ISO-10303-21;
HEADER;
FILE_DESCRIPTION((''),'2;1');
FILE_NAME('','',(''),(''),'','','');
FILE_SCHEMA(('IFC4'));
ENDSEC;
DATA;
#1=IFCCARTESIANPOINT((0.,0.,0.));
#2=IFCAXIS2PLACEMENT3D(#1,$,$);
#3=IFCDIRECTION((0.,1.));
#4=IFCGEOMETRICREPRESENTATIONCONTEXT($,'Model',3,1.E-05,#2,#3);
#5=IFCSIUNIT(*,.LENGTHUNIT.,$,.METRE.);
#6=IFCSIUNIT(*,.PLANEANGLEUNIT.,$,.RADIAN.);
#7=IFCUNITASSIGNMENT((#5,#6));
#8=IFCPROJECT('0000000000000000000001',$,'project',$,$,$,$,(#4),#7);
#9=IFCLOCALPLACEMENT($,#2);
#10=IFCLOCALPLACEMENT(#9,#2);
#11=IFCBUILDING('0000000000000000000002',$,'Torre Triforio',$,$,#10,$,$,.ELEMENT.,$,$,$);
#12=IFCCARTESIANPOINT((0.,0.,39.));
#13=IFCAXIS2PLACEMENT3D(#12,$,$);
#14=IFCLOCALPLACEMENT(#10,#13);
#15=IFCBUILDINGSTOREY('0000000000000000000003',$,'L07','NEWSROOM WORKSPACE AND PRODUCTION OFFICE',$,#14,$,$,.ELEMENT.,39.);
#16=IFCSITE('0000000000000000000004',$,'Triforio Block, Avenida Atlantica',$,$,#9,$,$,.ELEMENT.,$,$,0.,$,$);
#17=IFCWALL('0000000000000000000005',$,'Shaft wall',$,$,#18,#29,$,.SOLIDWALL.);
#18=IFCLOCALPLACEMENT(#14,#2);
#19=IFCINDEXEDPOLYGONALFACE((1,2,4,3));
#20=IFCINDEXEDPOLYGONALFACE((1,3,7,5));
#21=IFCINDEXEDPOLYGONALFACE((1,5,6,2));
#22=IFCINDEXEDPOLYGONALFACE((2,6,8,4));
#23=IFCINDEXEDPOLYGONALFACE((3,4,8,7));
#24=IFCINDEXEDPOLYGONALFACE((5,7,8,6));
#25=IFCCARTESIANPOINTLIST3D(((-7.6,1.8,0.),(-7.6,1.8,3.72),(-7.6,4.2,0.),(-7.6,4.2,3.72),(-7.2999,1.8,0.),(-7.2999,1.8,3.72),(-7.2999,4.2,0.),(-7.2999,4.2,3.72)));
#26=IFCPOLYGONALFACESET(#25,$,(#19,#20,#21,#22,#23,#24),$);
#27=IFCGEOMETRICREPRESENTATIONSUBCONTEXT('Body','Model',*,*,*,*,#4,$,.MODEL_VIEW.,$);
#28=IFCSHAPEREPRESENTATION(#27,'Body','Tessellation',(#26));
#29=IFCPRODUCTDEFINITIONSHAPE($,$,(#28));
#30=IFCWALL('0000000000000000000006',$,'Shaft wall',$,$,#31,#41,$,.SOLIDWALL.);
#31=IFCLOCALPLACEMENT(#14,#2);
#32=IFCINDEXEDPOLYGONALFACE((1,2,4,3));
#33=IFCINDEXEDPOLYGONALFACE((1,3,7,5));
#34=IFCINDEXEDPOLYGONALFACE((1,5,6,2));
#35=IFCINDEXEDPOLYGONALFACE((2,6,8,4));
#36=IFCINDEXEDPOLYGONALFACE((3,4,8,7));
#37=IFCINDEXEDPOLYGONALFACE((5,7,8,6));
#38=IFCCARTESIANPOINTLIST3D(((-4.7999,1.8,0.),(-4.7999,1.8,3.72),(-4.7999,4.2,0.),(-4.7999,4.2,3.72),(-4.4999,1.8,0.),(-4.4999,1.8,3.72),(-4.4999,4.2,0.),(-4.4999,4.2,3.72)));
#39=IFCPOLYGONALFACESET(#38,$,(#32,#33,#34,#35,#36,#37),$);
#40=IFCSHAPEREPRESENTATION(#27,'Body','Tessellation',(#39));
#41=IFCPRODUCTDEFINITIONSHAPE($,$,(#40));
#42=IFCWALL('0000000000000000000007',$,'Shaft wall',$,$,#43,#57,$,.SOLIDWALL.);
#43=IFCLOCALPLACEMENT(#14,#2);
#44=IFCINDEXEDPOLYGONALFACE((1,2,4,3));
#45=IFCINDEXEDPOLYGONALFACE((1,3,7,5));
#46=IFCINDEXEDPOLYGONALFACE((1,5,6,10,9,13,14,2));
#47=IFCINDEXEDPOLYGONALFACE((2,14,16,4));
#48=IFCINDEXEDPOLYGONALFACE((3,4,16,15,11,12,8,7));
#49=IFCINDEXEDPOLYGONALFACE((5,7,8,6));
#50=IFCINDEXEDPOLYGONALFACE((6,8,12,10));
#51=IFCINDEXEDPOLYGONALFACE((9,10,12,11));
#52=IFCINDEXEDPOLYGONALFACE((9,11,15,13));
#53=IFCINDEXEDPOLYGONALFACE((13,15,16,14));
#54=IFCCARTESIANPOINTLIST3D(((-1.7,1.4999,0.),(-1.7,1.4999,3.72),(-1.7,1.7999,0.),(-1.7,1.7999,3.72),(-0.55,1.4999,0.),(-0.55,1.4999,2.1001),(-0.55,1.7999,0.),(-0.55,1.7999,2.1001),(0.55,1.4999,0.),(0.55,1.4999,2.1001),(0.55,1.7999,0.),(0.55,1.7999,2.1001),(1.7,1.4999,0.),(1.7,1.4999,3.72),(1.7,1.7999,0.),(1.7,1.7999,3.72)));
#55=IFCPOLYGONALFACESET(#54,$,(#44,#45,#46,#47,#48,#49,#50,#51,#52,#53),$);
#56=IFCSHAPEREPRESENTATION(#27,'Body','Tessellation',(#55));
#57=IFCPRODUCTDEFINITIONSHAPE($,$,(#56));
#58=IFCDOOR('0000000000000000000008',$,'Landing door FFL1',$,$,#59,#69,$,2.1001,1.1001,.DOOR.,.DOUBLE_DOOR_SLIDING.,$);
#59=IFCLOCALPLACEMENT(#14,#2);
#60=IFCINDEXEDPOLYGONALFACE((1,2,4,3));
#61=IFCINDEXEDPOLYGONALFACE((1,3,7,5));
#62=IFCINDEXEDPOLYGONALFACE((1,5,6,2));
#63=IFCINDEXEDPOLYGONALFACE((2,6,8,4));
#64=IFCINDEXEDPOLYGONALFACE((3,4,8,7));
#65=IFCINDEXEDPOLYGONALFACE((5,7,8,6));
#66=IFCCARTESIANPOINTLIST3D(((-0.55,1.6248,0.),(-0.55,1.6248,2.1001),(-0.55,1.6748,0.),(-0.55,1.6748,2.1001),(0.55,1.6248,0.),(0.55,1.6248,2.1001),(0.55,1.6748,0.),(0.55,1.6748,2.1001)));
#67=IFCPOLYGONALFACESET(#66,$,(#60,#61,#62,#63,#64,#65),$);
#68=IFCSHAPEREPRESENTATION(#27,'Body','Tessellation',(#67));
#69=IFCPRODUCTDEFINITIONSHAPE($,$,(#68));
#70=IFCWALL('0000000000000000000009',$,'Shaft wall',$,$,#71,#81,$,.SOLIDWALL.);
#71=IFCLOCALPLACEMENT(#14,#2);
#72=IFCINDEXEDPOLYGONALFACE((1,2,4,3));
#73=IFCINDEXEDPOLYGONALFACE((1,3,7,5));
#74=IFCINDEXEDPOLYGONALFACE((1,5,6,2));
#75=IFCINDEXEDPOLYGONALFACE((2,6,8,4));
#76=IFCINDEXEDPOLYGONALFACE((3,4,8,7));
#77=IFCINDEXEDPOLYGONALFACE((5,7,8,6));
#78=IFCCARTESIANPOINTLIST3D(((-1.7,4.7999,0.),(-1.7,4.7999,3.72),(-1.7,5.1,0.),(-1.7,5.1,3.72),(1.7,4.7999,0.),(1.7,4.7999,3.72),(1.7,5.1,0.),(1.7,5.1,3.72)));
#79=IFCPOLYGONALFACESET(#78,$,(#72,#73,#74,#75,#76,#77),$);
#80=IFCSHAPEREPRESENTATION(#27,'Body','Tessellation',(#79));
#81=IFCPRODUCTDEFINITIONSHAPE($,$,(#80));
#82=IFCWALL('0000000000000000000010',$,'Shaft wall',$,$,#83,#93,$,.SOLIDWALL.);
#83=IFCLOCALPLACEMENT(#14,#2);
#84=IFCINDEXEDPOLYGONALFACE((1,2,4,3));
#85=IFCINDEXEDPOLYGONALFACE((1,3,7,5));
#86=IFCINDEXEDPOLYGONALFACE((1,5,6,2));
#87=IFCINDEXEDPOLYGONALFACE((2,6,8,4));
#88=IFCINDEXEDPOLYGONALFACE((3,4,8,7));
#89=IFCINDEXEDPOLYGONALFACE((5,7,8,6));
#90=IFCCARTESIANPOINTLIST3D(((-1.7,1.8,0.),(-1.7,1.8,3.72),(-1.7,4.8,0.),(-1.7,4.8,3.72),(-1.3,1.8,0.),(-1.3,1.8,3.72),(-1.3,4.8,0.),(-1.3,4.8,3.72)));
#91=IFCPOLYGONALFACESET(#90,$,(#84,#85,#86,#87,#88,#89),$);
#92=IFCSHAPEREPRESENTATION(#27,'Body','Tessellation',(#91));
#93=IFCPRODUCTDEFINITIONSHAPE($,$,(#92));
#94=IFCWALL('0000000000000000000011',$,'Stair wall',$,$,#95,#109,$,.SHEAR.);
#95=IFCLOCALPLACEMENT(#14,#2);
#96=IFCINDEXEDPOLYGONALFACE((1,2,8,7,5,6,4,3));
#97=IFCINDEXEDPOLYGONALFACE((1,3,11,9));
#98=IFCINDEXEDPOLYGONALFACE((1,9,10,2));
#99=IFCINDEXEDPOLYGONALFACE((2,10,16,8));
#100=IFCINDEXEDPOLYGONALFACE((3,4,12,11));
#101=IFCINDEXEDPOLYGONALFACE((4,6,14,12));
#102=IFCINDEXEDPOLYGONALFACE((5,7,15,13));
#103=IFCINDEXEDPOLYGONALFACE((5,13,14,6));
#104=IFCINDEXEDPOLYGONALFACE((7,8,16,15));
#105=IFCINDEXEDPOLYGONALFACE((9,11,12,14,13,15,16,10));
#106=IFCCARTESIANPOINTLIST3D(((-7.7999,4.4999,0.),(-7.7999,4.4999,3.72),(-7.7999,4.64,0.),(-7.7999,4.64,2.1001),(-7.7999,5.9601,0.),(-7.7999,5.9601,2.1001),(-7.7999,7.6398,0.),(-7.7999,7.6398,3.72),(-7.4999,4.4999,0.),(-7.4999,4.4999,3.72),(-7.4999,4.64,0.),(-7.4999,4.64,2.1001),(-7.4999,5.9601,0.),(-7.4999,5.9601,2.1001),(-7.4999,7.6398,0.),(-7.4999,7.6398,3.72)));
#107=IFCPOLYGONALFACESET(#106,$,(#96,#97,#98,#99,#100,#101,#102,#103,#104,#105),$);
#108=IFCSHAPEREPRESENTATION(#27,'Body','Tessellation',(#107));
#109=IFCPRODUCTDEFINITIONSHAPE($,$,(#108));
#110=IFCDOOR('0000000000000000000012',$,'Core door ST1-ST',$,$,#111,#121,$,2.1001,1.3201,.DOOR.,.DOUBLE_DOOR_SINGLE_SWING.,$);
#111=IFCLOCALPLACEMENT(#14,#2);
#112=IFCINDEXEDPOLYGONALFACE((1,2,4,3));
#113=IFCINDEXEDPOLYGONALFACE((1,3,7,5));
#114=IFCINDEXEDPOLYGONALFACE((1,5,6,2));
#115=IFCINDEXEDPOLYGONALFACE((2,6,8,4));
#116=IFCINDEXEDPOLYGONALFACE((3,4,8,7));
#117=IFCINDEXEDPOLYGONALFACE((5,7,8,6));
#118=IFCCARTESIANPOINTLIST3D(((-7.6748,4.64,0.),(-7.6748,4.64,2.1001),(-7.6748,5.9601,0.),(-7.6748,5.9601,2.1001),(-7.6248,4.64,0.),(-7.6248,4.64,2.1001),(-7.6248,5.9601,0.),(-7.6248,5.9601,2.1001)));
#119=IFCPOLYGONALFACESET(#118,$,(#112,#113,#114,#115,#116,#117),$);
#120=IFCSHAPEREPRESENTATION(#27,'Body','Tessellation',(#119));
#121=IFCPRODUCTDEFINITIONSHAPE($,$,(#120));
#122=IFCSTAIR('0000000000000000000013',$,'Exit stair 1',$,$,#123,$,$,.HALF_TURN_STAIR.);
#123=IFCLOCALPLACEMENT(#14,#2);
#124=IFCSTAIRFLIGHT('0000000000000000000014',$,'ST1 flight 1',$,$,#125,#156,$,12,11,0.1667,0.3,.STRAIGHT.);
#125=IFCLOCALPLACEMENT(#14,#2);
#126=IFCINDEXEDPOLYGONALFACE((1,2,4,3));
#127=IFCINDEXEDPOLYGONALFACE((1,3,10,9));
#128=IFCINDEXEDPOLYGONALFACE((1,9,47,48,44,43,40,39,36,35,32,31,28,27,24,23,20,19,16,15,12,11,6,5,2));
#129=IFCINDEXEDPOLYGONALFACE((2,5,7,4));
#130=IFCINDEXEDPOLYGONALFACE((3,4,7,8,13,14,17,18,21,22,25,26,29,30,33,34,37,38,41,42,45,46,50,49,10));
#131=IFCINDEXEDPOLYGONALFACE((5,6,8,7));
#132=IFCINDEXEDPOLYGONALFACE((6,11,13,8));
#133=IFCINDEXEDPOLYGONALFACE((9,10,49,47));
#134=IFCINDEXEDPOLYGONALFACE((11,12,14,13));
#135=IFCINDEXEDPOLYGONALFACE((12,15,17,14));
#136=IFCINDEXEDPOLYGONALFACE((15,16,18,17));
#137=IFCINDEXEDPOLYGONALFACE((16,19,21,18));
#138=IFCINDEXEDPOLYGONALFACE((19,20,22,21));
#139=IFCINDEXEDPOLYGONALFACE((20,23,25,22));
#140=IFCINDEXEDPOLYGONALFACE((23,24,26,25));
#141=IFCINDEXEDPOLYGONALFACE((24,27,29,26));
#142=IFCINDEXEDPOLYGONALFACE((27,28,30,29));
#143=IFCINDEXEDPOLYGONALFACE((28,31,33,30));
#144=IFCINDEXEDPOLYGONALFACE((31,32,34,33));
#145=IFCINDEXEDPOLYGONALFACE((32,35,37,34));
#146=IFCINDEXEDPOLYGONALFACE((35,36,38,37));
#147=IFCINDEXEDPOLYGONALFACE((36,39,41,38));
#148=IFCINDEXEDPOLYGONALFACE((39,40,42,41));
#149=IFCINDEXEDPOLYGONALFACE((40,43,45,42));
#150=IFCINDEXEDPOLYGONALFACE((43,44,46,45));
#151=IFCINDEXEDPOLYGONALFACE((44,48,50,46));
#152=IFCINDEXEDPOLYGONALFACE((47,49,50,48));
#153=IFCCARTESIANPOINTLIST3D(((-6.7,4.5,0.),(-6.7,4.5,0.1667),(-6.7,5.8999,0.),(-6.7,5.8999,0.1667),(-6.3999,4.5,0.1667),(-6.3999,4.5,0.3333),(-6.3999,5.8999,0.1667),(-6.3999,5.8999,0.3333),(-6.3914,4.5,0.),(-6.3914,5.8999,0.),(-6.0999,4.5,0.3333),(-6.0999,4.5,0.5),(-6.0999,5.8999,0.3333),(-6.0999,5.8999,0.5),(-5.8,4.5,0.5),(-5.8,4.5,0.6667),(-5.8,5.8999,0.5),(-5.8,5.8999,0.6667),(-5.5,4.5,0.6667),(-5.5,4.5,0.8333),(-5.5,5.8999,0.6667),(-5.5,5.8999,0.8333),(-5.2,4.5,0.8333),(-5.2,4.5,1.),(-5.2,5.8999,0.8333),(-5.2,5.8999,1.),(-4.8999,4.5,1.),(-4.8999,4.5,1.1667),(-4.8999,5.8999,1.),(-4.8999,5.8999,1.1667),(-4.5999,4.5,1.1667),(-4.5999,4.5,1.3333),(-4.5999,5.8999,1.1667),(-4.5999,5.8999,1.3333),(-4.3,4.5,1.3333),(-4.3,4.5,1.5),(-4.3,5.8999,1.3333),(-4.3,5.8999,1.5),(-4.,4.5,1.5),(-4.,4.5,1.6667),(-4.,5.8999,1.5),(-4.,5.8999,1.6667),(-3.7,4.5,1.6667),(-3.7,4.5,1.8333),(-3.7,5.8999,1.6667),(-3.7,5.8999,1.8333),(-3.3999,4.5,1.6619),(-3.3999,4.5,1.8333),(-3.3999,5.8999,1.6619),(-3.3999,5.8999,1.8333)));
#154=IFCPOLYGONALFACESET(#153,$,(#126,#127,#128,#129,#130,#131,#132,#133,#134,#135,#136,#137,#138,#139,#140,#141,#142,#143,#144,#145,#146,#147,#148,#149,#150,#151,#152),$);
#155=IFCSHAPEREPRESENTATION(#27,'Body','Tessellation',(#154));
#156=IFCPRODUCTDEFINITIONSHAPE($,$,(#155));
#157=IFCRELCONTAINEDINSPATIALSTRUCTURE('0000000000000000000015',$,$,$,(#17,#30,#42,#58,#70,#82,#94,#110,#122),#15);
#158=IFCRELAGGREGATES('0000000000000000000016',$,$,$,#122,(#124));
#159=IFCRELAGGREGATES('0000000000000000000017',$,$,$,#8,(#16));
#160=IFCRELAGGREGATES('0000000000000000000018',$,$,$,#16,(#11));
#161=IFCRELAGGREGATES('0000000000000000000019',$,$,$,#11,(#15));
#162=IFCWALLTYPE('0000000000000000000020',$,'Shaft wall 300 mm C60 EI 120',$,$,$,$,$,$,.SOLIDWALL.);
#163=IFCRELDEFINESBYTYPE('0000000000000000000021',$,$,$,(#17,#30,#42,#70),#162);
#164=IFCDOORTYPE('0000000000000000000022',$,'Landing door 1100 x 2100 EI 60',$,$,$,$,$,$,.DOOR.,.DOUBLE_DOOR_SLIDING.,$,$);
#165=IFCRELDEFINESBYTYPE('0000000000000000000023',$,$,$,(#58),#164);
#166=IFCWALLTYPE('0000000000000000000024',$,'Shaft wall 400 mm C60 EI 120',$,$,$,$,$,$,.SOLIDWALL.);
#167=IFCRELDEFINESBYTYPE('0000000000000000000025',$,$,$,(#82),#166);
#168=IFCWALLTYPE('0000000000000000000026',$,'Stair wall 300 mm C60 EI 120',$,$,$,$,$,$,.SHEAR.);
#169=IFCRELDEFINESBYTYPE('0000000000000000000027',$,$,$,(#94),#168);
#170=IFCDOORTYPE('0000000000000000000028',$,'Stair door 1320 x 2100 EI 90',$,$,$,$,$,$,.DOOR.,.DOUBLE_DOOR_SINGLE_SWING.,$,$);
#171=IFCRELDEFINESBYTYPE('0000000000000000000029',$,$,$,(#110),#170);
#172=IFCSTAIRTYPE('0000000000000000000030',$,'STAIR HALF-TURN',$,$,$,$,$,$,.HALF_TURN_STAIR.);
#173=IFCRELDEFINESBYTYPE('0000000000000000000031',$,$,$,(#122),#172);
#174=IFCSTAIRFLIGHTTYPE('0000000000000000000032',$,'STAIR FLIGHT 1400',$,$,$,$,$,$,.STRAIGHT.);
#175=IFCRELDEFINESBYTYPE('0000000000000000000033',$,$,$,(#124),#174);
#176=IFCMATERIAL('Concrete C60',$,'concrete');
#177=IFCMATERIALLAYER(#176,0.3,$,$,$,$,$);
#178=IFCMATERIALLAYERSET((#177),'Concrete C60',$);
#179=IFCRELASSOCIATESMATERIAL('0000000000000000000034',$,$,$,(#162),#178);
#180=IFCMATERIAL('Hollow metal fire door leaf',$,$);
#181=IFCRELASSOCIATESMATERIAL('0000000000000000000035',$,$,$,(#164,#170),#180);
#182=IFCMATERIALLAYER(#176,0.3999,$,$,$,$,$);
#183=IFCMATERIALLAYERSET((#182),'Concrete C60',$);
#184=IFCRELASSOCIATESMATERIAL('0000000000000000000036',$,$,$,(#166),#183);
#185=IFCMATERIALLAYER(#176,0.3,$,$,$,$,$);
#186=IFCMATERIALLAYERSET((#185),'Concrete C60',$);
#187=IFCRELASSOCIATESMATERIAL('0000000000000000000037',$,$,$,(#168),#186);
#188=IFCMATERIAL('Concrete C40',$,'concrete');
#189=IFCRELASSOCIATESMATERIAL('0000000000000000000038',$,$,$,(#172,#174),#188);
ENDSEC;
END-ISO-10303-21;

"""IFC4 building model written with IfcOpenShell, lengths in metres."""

from ifc_helpers import new_model, si_unit, direction, frame, frame_2d, origin, place, context, subcontext, project, spatial, polyline, rectangle, outline, extrude, material, layer, layer_set, type_object, element, fill, aggregate, save


model = new_model("IFC4")

# Units and contexts
model_context = context("Model", 3, precision=1e-05, world=origin(), true_north=direction((0.0, 1.0)))
body_context = subcontext(model_context, "Body", "Model", "MODEL_VIEW")
ifc_project = project(units=[si_unit("LENGTHUNIT", "METRE"), si_unit("PLANEANGLEUNIT", "RADIAN")], contexts=[model_context])

# Site, building, storey
site_placement = place(None, origin())
site = spatial("IfcSite", under=ifc_project, at=site_placement, Name="Triforio Block, Avenida Atlantica", CompositionType="ELEMENT", RefElevation=0.0)
building_placement = place(site_placement, origin())
building = spatial("IfcBuilding", under=site, at=building_placement, Name="Torre Triforio", CompositionType="ELEMENT")
storey_placement = place(building_placement, frame((0.0, 0.0, 39.0)))
storey = spatial("IfcBuildingStorey", under=building, at=storey_placement, Name="L07", Description="NEWSROOM WORKSPACE AND PRODUCTION OFFICE", CompositionType="ELEMENT", Elevation=39.0)

# Walls
ifc_material_1 = material(Name="Concrete C60", Category="concrete")
ifc_layer_1 = layer(ifc_material_1, 0.3)
ifc_layer_set_1 = layer_set([ifc_layer_1], Name="Concrete C60")
wall_type_1 = type_object("IfcWallType", Name="Shaft wall 300 mm C60 EI 120", PredefinedType="SOLIDWALL", material=ifc_layer_set_1)
for number, where, z_axis, x_axis, name in (
    (1, (-7.45, 1.8, 0.0), (0.0, 0.0, 1.0), (0.0, 1.0, 0.0), "Shaft wall"),
    (2, (-4.6499, 1.8, 0.0), (0.0, 0.0, 1.0), (0.0, 1.0, 0.0), "Shaft wall"),
):
    element("IfcWall", number, at=place(storey_placement, frame(where, z_axis=z_axis, x_axis=x_axis)), inside=storey, type_object=wall_type_1, Name=name, PredefinedType="SOLIDWALL", context=body_context, shape_type="SweptSolid", body=[
        extrude(rectangle(XDim=2.3999, YDim=0.3, at=frame_2d((1.2, 0.0))), origin(), (0.0, 0.0, 1.0), 3.72),
    ])

# Wall, opening, door
wall_1_placement = place(storey_placement, frame((-1.7, 1.6499, 0.0), z_axis=(0.0, 0.0, 1.0), x_axis=(1.0, 0.0, 0.0)))
wall_1 = element("IfcWall", 3, at=wall_1_placement, inside=storey, type_object=wall_type_1, Name="Shaft wall", PredefinedType="SOLIDWALL", context=body_context, shape_type="SweptSolid", body=[
    extrude(rectangle(XDim=3.3999, YDim=0.3, at=frame_2d((1.7, 0.0))), origin(), (0.0, 0.0, 1.0), 3.72),
])
opening_1_placement = place(wall_1_placement, frame((1.1499, 0.0, 0.0)))
opening_1 = element("IfcOpeningElement", 4, at=opening_1_placement, cuts=wall_1, PredefinedType="OPENING", context=body_context, shape_type="SweptSolid", body=[
    extrude(rectangle(XDim=1.1001, YDim=2.1001, at=frame_2d((0.55, 1.05))), frame((0.0, 0.1599, 0.0), z_axis=(0.0, -1.0, 0.0), x_axis=(1.0, 0.0, 0.0)), (0.0, 0.0, 1.0), 0.3201),
])
ifc_material_2 = material(Name="Hollow metal fire door leaf")
door_type_1 = type_object("IfcDoorType", Name="Landing door 1100 x 2100 EI 60", OperationType="DOUBLE_DOOR_SLIDING", PredefinedType="DOOR", material=ifc_material_2)
door_1_placement = place(opening_1_placement, origin())
door_1 = element("IfcDoor", 5, at=door_1_placement, inside=storey, type_object=door_type_1, Name="Landing door FFL1", OperationType="DOUBLE_DOOR_SLIDING", OverallHeight=2.1001, OverallWidth=1.1001, PredefinedType="DOOR", context=body_context, shape_type="SweptSolid", body=[
    extrude(rectangle(XDim=1.1001, YDim=2.1001, at=frame_2d((0.55, 1.05))), frame((0.0, 0.0249, 0.0), z_axis=(0.0, -1.0, 0.0), x_axis=(1.0, 0.0, 0.0)), (0.0, 0.0, 1.0), 0.05),
])
fill(opening_1, door_1)

# Walls
wall_2_placement = place(storey_placement, frame((-1.7, 4.95, 0.0), z_axis=(0.0, 0.0, 1.0), x_axis=(1.0, 0.0, 0.0)))
element("IfcWall", 6, at=wall_2_placement, inside=storey, type_object=wall_type_1, Name="Shaft wall", PredefinedType="SOLIDWALL", context=body_context, shape_type="SweptSolid", body=[
    extrude(rectangle(XDim=3.3999, YDim=0.3, at=frame_2d((1.7, 0.0))), origin(), (0.0, 0.0, 1.0), 3.72),
])
ifc_layer_2 = layer(ifc_material_1, 0.3999)
ifc_layer_set_2 = layer_set([ifc_layer_2], Name="Concrete C60")
wall_type_2 = type_object("IfcWallType", Name="Shaft wall 400 mm C60 EI 120", PredefinedType="SOLIDWALL", material=ifc_layer_set_2)
wall_3_placement = place(storey_placement, frame((-1.5, 1.8, 0.0), z_axis=(0.0, 0.0, 1.0), x_axis=(0.0, 1.0, 0.0)))
element("IfcWall", 7, at=wall_3_placement, inside=storey, type_object=wall_type_2, Name="Shaft wall", PredefinedType="SOLIDWALL", context=body_context, shape_type="SweptSolid", body=[
    extrude(rectangle(XDim=3.0, YDim=0.3999, at=frame_2d((1.5, 0.0))), origin(), (0.0, 0.0, 1.0), 3.72),
])

# Wall, opening, door
ifc_layer_3 = layer(ifc_material_1, 0.3)
ifc_layer_set_3 = layer_set([ifc_layer_3], Name="Concrete C60")
wall_type_3 = type_object("IfcWallType", Name="Stair wall 300 mm C60 EI 120", PredefinedType="SHEAR", material=ifc_layer_set_3)
wall_4_placement = place(storey_placement, frame((-7.6499, 4.5, 0.0), z_axis=(0.0, 0.0, 1.0), x_axis=(0.0, 1.0, 0.0)))
wall_4 = element("IfcWall", 8, at=wall_4_placement, inside=storey, type_object=wall_type_3, Name="Stair wall", PredefinedType="SHEAR", context=body_context, shape_type="SweptSolid", body=[
    extrude(rectangle(XDim=3.1399, YDim=0.3, at=frame_2d((1.5698, 0.0))), origin(), (0.0, 0.0, 1.0), 3.72),
])
opening_2_placement = place(wall_4_placement, frame((0.1399, 0.0, 0.0)))
opening_2 = element("IfcOpeningElement", 9, at=opening_2_placement, cuts=wall_4, PredefinedType="OPENING", context=body_context, shape_type="SweptSolid", body=[
    extrude(rectangle(XDim=1.3201, YDim=2.1001, at=frame_2d((0.6602, 1.05))), frame((0.0, 0.1599, 0.0), z_axis=(0.0, -1.0, 0.0), x_axis=(1.0, 0.0, 0.0)), (0.0, 0.0, 1.0), 0.3201),
])
door_type_2 = type_object("IfcDoorType", Name="Stair door 1320 x 2100 EI 90", OperationType="DOUBLE_DOOR_SINGLE_SWING", PredefinedType="DOOR", material=ifc_material_2)
door_2_placement = place(opening_2_placement, origin())
door_2 = element("IfcDoor", 10, at=door_2_placement, inside=storey, type_object=door_type_2, Name="Core door ST1-ST", OperationType="DOUBLE_DOOR_SINGLE_SWING", OverallHeight=2.1001, OverallWidth=1.3201, PredefinedType="DOOR", context=body_context, shape_type="SweptSolid", body=[
    extrude(rectangle(XDim=1.3201, YDim=2.1001, at=frame_2d((0.6602, 1.05))), frame((0.0, 0.0249, 0.0), z_axis=(0.0, -1.0, 0.0), x_axis=(1.0, 0.0, 0.0)), (0.0, 0.0, 1.0), 0.05),
])
fill(opening_2, door_2)

# Stair, stair flight
ifc_material_3 = material(Name="Concrete C40", Category="concrete")
stair_type = type_object("IfcStairType", Name="STAIR HALF-TURN", PredefinedType="HALF_TURN_STAIR", material=ifc_material_3)
stair_placement = place(storey_placement, origin())
stair = element("IfcStair", 11, at=stair_placement, inside=storey, type_object=stair_type, Name="Exit stair 1", PredefinedType="HALF_TURN_STAIR")
stair_flight_type = type_object("IfcStairFlightType", Name="STAIR FLIGHT 1400", PredefinedType="STRAIGHT", material=ifc_material_3)
stair_flight_1_placement = place(storey_placement, frame((-6.7, 5.2, 0.0), z_axis=(0.0, 0.0, 1.0), x_axis=(1.0, 0.0, 0.0)))
stair_flight_1 = element("IfcStairFlight", 12, at=stair_flight_1_placement, type_object=stair_flight_type, Name="ST1 flight 1", NumberOfRisers=12, NumberOfTreads=11, PredefinedType="STRAIGHT", RiserHeight=0.1667, TreadLength=0.3, context=body_context, shape_type="SweptSolid", body=[
    extrude(outline(polyline([(0.0, 0.0), (0.0, 0.1667), (0.3, 0.1667), (0.3, 0.3333), (0.6001, 0.3333), (0.6001, 0.5), (0.8999, 0.5), (0.8999, 0.6667), (1.2, 0.6667), (1.2, 0.8333), (1.5, 0.8333), (1.5, 1.0), (1.8, 1.0), (1.8, 1.1667), (2.1001, 1.1667), (2.1001, 1.3333), (2.3999, 1.3333), (2.3999, 1.5), (2.7, 1.5), (2.7, 1.6667), (3.0, 1.6667), (3.0, 1.8333), (3.3, 1.8333), (3.3, 2.0), (3.3, 1.6619), (0.3086, 0.0), (0.0, 0.0)])), frame((0.0, 0.7, 0.0), z_axis=(0.0, -1.0, 0.0), x_axis=(1.0, 0.0, 0.0)), (0.0, 0.0, 1.0), 1.3999),
])
aggregate(stair, [stair_flight_1])

save(model, "model.ifc")
